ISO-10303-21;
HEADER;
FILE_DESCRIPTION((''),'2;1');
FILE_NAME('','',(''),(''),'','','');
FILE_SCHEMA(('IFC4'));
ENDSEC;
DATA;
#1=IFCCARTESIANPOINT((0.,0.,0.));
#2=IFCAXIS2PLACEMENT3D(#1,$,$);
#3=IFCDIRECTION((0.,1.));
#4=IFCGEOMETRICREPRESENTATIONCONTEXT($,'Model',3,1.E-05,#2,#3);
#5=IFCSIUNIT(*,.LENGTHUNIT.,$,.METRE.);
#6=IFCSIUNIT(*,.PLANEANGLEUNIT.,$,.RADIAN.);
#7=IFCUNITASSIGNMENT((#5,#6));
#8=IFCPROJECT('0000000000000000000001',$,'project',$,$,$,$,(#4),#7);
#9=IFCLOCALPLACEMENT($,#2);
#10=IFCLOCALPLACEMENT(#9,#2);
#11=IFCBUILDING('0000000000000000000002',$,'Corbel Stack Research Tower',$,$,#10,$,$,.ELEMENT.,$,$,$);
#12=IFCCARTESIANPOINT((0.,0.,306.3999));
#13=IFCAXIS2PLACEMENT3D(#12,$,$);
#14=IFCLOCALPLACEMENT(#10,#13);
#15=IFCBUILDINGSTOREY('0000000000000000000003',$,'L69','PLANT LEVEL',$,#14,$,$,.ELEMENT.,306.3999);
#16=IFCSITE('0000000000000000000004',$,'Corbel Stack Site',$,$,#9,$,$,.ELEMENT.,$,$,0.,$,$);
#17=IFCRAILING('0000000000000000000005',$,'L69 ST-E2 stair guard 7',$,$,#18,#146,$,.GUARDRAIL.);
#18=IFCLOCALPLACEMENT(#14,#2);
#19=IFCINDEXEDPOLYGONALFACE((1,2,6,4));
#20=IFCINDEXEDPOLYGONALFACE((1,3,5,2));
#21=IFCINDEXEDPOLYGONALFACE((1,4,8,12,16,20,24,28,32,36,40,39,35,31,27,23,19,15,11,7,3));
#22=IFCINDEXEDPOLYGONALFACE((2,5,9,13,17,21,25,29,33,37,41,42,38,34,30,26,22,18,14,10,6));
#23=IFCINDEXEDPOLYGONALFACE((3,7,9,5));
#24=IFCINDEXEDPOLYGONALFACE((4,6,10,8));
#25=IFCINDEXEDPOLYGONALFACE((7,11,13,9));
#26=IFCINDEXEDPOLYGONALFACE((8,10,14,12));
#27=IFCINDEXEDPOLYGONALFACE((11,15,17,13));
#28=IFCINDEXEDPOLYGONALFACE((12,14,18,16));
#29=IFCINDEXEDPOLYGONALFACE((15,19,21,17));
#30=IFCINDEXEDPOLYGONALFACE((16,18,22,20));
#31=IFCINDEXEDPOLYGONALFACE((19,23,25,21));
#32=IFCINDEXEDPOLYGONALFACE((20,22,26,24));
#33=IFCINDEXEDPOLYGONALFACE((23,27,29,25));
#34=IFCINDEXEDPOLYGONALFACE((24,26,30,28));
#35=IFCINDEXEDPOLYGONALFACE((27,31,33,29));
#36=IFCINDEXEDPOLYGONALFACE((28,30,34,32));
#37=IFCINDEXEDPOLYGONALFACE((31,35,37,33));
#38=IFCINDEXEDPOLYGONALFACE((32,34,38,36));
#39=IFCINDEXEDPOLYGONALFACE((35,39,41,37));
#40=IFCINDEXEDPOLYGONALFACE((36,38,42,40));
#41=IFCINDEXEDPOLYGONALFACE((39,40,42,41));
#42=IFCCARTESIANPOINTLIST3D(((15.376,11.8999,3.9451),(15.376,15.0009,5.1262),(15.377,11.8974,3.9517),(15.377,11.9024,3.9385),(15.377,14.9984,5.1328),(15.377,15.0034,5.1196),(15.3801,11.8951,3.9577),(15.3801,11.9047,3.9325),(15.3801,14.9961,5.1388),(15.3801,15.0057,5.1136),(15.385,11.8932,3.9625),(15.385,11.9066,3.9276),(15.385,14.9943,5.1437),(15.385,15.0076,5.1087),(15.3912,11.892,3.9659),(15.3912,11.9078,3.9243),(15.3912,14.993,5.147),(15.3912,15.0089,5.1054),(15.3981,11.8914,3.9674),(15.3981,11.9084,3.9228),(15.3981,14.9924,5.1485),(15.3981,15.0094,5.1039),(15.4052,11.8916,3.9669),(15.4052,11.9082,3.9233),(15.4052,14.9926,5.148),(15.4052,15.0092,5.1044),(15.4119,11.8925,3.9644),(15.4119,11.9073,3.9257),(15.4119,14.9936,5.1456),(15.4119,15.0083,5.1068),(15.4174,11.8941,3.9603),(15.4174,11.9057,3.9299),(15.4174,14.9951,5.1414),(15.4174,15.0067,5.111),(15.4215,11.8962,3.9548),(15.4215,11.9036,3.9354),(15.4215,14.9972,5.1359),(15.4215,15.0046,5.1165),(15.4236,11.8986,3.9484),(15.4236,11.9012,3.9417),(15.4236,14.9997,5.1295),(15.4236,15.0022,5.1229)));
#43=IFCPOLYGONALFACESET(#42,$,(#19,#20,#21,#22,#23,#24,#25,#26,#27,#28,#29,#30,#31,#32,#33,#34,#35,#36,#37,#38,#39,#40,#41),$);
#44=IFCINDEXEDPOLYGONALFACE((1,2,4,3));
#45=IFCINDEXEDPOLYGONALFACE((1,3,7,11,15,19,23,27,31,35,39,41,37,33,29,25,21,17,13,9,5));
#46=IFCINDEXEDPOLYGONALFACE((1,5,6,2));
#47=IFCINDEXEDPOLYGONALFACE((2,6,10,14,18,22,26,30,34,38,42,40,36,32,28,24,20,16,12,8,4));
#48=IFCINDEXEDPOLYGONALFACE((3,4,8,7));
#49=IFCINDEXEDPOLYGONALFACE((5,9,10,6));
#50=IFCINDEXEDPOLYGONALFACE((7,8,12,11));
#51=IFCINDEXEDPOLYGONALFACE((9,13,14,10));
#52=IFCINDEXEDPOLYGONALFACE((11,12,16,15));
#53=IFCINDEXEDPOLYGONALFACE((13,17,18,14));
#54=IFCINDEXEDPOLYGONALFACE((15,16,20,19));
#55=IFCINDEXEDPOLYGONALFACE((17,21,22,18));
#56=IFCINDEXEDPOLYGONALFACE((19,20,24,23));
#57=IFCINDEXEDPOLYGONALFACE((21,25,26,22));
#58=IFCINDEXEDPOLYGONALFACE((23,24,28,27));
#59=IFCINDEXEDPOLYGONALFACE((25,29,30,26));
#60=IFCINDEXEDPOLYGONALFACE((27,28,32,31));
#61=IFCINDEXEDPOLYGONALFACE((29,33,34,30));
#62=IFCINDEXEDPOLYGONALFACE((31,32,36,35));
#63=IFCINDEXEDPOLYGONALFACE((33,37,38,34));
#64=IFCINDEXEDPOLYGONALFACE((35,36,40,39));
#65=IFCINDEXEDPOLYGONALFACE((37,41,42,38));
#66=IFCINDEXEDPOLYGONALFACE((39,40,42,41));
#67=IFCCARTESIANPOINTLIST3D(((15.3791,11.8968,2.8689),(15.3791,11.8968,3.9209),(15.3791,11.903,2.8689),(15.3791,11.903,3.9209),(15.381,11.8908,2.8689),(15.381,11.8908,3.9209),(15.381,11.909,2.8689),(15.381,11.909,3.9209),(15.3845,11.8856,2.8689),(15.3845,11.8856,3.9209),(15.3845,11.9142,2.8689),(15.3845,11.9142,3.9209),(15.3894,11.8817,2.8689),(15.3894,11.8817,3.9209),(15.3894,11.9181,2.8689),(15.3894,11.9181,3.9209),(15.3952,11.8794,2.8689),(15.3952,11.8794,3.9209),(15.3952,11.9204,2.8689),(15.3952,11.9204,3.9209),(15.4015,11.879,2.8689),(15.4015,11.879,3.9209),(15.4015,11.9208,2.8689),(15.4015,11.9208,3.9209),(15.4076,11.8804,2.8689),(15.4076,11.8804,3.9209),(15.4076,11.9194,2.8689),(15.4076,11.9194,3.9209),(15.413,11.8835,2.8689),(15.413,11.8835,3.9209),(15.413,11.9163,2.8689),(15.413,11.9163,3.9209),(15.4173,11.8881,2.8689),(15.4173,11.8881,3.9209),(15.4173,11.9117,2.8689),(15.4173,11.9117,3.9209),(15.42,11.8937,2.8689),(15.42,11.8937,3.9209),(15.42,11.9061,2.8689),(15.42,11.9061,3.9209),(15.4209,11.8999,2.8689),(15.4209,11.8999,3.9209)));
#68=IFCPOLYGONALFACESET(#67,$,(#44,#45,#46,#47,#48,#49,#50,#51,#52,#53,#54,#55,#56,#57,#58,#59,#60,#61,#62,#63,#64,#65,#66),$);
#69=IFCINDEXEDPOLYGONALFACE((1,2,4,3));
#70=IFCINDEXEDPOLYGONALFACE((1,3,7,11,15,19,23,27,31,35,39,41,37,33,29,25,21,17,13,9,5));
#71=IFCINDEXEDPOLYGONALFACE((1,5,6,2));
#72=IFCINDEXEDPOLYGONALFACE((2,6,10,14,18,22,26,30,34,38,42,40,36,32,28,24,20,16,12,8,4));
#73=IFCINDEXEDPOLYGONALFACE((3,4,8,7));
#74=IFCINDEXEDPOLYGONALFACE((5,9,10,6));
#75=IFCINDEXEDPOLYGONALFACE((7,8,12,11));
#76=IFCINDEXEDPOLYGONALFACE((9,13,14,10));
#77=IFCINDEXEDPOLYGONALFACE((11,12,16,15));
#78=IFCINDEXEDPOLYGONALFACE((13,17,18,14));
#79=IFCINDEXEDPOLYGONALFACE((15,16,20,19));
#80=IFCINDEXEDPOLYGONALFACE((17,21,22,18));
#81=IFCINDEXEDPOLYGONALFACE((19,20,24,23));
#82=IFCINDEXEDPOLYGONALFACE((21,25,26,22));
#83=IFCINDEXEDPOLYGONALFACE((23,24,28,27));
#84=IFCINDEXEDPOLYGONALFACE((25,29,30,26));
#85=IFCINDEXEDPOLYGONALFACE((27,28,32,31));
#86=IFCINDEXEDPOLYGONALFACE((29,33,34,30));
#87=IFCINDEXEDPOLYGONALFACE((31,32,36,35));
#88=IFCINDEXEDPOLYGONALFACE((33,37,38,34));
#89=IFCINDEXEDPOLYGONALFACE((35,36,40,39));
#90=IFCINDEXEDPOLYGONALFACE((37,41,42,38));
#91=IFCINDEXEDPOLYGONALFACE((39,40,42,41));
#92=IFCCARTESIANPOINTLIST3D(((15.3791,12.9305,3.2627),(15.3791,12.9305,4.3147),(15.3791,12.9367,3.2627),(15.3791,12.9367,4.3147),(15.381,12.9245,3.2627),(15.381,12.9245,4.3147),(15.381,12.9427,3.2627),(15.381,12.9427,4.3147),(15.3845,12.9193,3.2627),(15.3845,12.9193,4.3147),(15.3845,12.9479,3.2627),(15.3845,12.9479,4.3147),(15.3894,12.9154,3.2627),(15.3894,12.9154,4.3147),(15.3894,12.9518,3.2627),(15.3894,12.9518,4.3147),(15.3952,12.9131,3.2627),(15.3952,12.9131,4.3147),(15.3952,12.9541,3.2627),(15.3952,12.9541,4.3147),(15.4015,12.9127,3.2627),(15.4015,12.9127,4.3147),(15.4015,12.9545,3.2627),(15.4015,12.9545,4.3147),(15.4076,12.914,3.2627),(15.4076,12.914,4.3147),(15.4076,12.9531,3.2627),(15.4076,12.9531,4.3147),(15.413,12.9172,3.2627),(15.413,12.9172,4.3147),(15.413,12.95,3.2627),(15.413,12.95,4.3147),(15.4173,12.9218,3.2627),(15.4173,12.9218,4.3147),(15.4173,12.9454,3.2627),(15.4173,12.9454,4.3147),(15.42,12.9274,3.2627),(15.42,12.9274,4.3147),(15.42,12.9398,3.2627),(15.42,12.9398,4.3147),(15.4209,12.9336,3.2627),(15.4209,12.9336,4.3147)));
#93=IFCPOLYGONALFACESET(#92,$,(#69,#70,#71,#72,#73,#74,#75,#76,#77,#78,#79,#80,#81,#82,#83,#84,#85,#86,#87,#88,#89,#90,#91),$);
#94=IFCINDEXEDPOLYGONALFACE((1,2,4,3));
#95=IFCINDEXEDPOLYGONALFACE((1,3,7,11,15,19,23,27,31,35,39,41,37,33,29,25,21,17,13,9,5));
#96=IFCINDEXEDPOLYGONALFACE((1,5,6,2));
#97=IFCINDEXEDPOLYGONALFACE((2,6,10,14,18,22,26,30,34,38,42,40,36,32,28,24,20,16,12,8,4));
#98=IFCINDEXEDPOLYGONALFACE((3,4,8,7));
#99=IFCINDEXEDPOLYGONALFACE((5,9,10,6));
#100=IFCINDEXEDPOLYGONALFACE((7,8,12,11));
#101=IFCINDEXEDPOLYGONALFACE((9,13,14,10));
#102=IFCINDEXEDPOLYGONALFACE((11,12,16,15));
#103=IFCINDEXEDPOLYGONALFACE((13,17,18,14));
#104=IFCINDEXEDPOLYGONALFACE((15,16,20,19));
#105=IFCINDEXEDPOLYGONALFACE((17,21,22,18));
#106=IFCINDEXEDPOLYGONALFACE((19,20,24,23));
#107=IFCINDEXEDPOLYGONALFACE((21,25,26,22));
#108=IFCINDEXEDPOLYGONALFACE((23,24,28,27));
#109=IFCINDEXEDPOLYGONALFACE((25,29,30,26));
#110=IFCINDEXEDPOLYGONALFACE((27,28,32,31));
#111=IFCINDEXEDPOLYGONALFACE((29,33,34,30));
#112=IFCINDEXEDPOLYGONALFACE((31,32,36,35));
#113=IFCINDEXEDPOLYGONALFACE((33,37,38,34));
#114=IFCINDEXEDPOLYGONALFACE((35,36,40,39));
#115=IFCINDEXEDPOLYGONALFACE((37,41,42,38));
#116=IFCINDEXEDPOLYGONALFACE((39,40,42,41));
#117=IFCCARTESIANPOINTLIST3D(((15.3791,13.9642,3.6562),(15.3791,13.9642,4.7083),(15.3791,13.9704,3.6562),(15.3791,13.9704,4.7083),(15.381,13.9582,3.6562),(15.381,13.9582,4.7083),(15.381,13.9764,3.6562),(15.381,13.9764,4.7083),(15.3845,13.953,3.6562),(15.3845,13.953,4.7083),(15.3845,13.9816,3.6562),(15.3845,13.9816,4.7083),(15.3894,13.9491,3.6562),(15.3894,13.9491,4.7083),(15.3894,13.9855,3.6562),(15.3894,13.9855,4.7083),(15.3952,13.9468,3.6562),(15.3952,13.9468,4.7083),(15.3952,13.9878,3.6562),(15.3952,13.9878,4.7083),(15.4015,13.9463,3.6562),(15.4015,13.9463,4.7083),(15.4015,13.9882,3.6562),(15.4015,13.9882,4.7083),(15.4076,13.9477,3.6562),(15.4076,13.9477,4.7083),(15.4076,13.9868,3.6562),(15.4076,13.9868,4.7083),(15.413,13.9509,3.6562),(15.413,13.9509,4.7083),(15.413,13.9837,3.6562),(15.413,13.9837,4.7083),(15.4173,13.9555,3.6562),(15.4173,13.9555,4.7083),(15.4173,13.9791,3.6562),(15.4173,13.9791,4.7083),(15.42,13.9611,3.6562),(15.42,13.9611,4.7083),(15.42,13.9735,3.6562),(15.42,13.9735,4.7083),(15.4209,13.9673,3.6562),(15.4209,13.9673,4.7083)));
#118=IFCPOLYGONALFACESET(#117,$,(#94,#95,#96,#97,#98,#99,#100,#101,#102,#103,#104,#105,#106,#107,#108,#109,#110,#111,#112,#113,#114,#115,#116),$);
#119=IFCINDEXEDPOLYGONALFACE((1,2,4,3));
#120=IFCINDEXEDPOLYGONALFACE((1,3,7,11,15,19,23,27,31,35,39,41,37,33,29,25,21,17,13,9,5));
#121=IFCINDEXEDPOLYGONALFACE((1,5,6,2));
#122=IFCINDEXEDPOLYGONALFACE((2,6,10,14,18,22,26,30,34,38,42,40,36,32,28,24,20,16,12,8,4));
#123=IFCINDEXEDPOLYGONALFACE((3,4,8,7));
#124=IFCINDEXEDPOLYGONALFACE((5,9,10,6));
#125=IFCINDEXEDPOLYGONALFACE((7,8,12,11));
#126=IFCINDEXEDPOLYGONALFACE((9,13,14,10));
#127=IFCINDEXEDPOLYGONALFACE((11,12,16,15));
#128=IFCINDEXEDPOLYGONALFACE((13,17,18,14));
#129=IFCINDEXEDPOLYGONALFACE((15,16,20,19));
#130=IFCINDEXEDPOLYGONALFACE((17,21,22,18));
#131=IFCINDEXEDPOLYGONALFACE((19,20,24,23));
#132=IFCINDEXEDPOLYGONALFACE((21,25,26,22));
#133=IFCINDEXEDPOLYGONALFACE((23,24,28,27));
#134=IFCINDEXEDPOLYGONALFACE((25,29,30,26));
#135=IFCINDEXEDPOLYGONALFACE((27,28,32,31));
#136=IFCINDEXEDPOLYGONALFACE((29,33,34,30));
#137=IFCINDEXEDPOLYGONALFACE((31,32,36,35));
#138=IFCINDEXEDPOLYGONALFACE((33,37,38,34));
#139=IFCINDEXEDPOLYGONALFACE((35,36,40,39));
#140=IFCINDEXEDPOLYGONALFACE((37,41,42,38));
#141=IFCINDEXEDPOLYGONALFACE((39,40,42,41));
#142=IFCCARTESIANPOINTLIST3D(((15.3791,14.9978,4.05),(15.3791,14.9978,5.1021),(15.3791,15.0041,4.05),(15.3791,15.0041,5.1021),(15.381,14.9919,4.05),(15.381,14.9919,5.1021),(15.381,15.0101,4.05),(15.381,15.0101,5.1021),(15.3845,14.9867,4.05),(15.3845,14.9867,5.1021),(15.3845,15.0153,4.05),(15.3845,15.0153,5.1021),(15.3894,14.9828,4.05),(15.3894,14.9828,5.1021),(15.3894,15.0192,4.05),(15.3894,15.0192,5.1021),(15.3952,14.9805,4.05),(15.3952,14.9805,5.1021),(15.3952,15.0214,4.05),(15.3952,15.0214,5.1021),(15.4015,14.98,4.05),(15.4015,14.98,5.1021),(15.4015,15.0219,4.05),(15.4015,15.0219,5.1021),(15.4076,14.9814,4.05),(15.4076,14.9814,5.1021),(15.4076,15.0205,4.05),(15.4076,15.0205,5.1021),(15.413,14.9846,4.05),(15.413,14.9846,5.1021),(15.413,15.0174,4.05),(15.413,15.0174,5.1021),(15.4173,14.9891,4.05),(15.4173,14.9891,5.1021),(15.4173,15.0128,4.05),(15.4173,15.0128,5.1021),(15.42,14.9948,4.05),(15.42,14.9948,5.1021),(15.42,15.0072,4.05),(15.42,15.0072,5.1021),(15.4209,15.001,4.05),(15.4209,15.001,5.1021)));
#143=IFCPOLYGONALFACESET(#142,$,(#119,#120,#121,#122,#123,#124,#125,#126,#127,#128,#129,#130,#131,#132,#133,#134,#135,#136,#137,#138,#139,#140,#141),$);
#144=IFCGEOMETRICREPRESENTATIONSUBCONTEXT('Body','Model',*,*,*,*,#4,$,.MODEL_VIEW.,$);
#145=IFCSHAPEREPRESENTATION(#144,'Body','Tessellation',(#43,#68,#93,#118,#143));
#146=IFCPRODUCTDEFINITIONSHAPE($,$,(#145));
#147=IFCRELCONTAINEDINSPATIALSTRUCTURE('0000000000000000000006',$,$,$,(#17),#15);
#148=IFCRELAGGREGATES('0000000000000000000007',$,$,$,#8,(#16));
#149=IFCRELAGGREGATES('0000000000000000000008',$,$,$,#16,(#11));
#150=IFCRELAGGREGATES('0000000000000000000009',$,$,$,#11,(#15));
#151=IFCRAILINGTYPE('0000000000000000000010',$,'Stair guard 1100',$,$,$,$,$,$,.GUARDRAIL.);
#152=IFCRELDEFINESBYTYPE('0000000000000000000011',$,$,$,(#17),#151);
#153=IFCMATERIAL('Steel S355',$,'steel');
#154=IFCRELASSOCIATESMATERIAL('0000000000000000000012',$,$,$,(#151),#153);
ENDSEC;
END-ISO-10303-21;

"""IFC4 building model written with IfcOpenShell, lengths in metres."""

from ifc_helpers import new_model, si_unit, direction, frame, origin, origin_2d, place, context, subcontext, project, spatial, circle, extrude, material, type_object, element, save


model = new_model("IFC4")

# Units and contexts
model_context = context("Model", 3, precision=1e-05, world=origin(), true_north=direction((0.0, 1.0)))
body_context = subcontext(model_context, "Body", "Model", "MODEL_VIEW")
ifc_project = project(units=[si_unit("LENGTHUNIT", "METRE"), si_unit("PLANEANGLEUNIT", "RADIAN")], contexts=[model_context])

# Site, building, storey
site_placement = place(None, origin())
site = spatial("IfcSite", under=ifc_project, at=site_placement, Name="Corbel Stack Site", CompositionType="ELEMENT", RefElevation=0.0)
building_placement = place(site_placement, origin())
building = spatial("IfcBuilding", under=site, at=building_placement, Name="Corbel Stack Research Tower", CompositionType="ELEMENT")
storey_placement = place(building_placement, frame((0.0, 0.0, 306.3999)))
storey = spatial("IfcBuildingStorey", under=building, at=storey_placement, Name="L69", Description="PLANT LEVEL", CompositionType="ELEMENT", Elevation=306.3999)

# Railing
ifc_material_1 = material(Name="Steel S355", Category="steel")
railing_type_1 = type_object("IfcRailingType", Name="Stair guard 1100", PredefinedType="GUARDRAIL", material=ifc_material_1)
railing_1_placement = place(storey_placement, frame((15.3999, 11.8999, 2.8689)))
element("IfcRailing", 1, at=railing_1_placement, inside=storey, type_object=railing_type_1, Name="L69 ST-E2 stair guard 7", PredefinedType="GUARDRAIL", context=body_context, shape_type="SweptSolid", body=[
    extrude(circle(Radius=0.0239, at=origin_2d()), frame((0.0, 0.0, 1.0762), z_axis=(0.0, 0.934509, 0.35594), x_axis=(-1.0, 0.0, 0.0)), (0.0, 0.0, 1.0), 3.3184),
    extrude(circle(Radius=0.021, at=origin_2d()), origin(), (0.0, 0.0, 1.0), 1.052),
    extrude(circle(Radius=0.021, at=origin_2d()), frame((0.0, 1.0337, 0.3938)), (0.0, 0.0, 1.0), 1.052),
    extrude(circle(Radius=0.021, at=origin_2d()), frame((0.0, 2.0674, 0.7874)), (0.0, 0.0, 1.0), 1.052),
    extrude(circle(Radius=0.021, at=origin_2d()), frame((0.0, 3.1011, 1.1812)), (0.0, 0.0, 1.0), 1.052),
])

save(model, "model.ifc")
